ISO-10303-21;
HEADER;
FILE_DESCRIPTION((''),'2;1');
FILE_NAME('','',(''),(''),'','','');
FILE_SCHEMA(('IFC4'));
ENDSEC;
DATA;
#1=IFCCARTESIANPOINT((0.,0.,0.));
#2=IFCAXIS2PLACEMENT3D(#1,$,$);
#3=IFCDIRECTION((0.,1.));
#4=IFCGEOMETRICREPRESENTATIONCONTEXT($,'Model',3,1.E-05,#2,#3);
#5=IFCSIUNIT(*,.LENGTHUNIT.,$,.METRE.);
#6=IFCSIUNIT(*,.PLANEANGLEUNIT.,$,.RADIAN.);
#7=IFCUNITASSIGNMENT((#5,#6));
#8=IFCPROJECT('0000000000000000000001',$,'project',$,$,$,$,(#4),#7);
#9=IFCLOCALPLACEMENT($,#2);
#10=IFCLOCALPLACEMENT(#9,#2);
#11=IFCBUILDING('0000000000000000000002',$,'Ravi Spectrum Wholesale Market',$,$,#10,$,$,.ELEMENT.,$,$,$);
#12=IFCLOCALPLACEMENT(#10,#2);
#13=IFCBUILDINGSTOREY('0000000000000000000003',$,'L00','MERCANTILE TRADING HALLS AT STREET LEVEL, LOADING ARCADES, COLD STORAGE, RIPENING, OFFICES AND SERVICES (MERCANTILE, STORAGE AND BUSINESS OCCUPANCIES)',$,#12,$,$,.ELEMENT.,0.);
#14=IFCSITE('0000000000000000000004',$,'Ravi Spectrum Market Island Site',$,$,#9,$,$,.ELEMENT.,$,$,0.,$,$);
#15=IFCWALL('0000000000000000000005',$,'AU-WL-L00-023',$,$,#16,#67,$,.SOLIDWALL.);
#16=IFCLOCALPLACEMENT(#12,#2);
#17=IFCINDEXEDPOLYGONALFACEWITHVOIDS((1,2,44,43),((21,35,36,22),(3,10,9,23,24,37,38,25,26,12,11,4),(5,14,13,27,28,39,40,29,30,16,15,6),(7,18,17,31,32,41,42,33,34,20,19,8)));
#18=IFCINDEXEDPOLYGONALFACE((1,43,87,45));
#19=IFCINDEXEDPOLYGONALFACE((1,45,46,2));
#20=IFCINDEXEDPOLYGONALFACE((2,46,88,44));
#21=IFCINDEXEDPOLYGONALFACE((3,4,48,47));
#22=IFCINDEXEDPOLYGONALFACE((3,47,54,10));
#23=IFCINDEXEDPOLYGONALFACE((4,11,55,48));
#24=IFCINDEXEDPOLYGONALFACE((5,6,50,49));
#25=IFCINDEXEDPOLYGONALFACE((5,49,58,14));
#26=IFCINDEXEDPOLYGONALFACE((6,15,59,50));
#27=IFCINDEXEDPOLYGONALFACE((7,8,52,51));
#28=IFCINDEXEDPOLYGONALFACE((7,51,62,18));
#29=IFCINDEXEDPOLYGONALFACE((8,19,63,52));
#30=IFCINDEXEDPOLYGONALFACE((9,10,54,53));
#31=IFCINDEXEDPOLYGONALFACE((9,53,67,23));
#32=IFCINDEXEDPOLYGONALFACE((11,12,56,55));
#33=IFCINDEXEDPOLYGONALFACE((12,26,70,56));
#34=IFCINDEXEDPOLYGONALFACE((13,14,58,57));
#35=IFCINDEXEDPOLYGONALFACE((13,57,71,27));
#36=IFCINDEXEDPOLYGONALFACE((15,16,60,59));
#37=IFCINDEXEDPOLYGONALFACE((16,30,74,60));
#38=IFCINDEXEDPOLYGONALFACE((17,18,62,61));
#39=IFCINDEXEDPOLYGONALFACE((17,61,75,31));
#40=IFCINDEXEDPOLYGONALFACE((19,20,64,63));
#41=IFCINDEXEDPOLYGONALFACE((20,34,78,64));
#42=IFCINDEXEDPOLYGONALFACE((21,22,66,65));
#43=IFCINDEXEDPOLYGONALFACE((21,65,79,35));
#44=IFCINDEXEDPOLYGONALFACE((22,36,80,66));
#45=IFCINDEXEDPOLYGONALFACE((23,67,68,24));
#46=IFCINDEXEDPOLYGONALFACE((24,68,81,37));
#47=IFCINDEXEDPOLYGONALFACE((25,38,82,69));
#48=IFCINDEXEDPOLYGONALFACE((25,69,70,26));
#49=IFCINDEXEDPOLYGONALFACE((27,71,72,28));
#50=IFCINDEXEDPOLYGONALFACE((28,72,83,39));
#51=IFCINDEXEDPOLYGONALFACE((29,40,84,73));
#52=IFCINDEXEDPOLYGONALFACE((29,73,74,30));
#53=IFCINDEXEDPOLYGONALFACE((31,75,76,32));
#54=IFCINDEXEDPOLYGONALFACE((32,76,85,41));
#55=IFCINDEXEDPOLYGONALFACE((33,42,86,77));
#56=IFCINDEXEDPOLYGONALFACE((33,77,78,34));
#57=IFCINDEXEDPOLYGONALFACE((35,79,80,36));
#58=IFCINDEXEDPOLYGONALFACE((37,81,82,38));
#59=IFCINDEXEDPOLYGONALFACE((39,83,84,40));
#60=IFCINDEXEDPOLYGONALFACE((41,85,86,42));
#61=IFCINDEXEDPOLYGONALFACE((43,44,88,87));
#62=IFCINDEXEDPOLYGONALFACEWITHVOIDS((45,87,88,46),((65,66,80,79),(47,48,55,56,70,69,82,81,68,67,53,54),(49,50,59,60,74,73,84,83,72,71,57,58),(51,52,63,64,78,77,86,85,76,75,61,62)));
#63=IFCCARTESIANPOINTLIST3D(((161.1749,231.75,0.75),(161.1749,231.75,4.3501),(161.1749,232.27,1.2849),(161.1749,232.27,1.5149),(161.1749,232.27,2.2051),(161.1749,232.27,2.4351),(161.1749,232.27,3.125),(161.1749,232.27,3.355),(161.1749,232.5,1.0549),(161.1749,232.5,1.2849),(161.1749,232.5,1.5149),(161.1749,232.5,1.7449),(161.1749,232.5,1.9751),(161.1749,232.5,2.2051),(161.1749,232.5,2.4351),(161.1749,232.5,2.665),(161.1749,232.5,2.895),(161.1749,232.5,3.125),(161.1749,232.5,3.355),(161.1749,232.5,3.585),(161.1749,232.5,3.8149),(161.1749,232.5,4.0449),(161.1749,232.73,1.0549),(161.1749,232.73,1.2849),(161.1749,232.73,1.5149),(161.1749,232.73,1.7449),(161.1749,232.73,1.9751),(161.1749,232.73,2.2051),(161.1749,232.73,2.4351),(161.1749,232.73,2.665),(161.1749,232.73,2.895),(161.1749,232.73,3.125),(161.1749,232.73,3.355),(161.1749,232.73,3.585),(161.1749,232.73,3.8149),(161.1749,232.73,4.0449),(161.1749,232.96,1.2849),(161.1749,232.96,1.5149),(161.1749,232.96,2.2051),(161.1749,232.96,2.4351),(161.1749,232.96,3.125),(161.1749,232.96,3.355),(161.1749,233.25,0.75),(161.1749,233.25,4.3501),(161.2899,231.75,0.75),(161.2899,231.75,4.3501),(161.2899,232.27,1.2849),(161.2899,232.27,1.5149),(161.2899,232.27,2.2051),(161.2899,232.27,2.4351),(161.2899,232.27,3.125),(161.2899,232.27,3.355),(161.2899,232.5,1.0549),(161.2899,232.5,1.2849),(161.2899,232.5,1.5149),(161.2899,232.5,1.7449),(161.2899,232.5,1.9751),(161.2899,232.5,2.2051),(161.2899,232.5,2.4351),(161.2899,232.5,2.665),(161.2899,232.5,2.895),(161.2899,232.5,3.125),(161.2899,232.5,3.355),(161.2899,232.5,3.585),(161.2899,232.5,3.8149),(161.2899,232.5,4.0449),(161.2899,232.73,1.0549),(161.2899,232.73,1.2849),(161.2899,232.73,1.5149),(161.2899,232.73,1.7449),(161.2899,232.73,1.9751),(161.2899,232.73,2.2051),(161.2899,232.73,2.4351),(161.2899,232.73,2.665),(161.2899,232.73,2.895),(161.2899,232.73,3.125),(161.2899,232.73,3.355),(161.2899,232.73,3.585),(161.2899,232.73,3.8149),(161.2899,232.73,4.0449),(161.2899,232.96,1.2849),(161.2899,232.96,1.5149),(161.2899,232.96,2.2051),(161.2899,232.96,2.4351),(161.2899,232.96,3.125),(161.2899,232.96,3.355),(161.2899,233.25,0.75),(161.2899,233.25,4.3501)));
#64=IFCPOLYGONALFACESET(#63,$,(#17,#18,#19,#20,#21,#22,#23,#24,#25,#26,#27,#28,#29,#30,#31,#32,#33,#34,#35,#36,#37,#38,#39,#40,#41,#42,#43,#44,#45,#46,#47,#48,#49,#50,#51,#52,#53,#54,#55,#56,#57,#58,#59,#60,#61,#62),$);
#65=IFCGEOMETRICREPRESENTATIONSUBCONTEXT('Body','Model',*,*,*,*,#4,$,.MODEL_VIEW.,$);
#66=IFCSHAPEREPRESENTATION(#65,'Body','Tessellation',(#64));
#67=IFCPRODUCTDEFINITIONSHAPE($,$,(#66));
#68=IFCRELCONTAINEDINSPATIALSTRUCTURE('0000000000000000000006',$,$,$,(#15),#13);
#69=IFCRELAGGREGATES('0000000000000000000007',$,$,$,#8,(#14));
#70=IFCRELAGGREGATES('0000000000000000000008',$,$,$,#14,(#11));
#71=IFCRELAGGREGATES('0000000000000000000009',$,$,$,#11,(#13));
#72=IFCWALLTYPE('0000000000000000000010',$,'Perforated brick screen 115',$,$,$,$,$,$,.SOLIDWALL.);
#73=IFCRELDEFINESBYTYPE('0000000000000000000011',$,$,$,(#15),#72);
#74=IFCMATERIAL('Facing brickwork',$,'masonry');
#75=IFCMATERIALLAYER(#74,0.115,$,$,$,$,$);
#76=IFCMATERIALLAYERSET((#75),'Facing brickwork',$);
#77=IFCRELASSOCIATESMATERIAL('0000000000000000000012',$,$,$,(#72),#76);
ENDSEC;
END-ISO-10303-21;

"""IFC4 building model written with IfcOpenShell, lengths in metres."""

from ifc_helpers import new_model, si_unit, direction, frame, frame_2d, origin, place, context, subcontext, project, spatial, rectangle, extrude, material, layer, layer_set, type_object, element, save


model = new_model("IFC4")

# Units and contexts
model_context = context("Model", 3, precision=1e-05, world=origin(), true_north=direction((0.0, 1.0)))
body_context = subcontext(model_context, "Body", "Model", "MODEL_VIEW")
ifc_project = project(units=[si_unit("LENGTHUNIT", "METRE"), si_unit("PLANEANGLEUNIT", "RADIAN")], contexts=[model_context])

# Site, building, storey
site_placement = place(None, origin())
site = spatial("IfcSite", under=ifc_project, at=site_placement, Name="Ravi Spectrum Market Island Site", CompositionType="ELEMENT", RefElevation=0.0)
building_placement = place(site_placement, origin())
building = spatial("IfcBuilding", under=site, at=building_placement, Name="Ravi Spectrum Wholesale Market", CompositionType="ELEMENT")
storey_placement = place(building_placement, origin())
storey = spatial("IfcBuildingStorey", under=building, at=storey_placement, Name="L00", Description="MERCANTILE TRADING HALLS AT STREET LEVEL, LOADING ARCADES, COLD STORAGE, RIPENING, OFFICES AND SERVICES (MERCANTILE, STORAGE AND BUSINESS OCCUPANCIES)", CompositionType="ELEMENT", Elevation=0.0)

# Wall, openings
ifc_material_1 = material(Name="Facing brickwork", Category="masonry")
ifc_layer = layer(ifc_material_1, 0.115)
ifc_layer_set = layer_set([ifc_layer], Name="Facing brickwork")
wall_type = type_object("IfcWallType", Name="Perforated brick screen 115", PredefinedType="SOLIDWALL", material=ifc_layer_set)
wall_1_placement = place(storey_placement, frame((161.2324, 233.25, 0.75), z_axis=(0.0, 0.0, 1.0), x_axis=(0.0, -1.0, 0.0)))
wall_1 = element("IfcWall", 1, at=wall_1_placement, inside=storey, type_object=wall_type, Name="AU-WL-L00-023", PredefinedType="SOLIDWALL", context=body_context, shape_type="SweptSolid", body=[
    extrude(rectangle(XDim=1.5, YDim=0.115, at=frame_2d((0.75, 0.0))), origin(), (0.0, 0.0, 1.0), 3.6001),
])
opening_1_placement = place(wall_1_placement, frame((0.52, 0.0, 0.3049)))
element("IfcOpeningElement", 2, at=opening_1_placement, cuts=wall_1, PredefinedType="OPENING", context=body_context, shape_type="SweptSolid", body=[
    extrude(rectangle(XDim=0.23, YDim=0.23, at=frame_2d((0.115, 0.115))), frame((0.0, 0.0674, 0.0), z_axis=(0.0, -1.0, 0.0), x_axis=(1.0, 0.0, 0.0)), (0.0, 0.0, 1.0), 0.135),
])
opening_2_placement = place(wall_1_placement, frame((0.29, 0.0, 0.5349)))
element("IfcOpeningElement", 3, at=opening_2_placement, cuts=wall_1, PredefinedType="OPENING", context=body_context, shape_type="SweptSolid", body=[
    extrude(rectangle(XDim=0.23, YDim=0.23, at=frame_2d((0.115, 0.115))), frame((0.0, 0.0674, 0.0), z_axis=(0.0, -1.0, 0.0), x_axis=(1.0, 0.0, 0.0)), (0.0, 0.0, 1.0), 0.135),
])
opening_3_placement = place(wall_1_placement, frame((0.52, 0.0, 0.5349)))
element("IfcOpeningElement", 4, at=opening_3_placement, cuts=wall_1, PredefinedType="OPENING", context=body_context, shape_type="SweptSolid", body=[
    extrude(rectangle(XDim=0.23, YDim=0.23, at=frame_2d((0.115, 0.115))), frame((0.0, 0.0674, 0.0), z_axis=(0.0, -1.0, 0.0), x_axis=(1.0, 0.0, 0.0)), (0.0, 0.0, 1.0), 0.135),
])
opening_4_placement = place(wall_1_placement, frame((0.75, 0.0, 0.5349)))
element("IfcOpeningElement", 5, at=opening_4_placement, cuts=wall_1, PredefinedType="OPENING", context=body_context, shape_type="SweptSolid", body=[
    extrude(rectangle(XDim=0.23, YDim=0.23, at=frame_2d((0.115, 0.115))), frame((0.0, 0.0674, 0.0), z_axis=(0.0, -1.0, 0.0), x_axis=(1.0, 0.0, 0.0)), (0.0, 0.0, 1.0), 0.135),
])
opening_5_placement = place(wall_1_placement, frame((0.52, 0.0, 0.7649)))
element("IfcOpeningElement", 6, at=opening_5_placement, cuts=wall_1, PredefinedType="OPENING", context=body_context, shape_type="SweptSolid", body=[
    extrude(rectangle(XDim=0.23, YDim=0.23, at=frame_2d((0.115, 0.115))), frame((0.0, 0.0674, 0.0), z_axis=(0.0, -1.0, 0.0), x_axis=(1.0, 0.0, 0.0)), (0.0, 0.0, 1.0), 0.135),
])
opening_6_placement = place(wall_1_placement, frame((0.52, 0.0, 1.2251)))
element("IfcOpeningElement", 7, at=opening_6_placement, cuts=wall_1, PredefinedType="OPENING", context=body_context, shape_type="SweptSolid", body=[
    extrude(rectangle(XDim=0.23, YDim=0.23, at=frame_2d((0.115, 0.115))), frame((0.0, 0.0674, 0.0), z_axis=(0.0, -1.0, 0.0), x_axis=(1.0, 0.0, 0.0)), (0.0, 0.0, 1.0), 0.135),
])
opening_7_placement = place(wall_1_placement, frame((0.29, 0.0, 1.4551)))
element("IfcOpeningElement", 8, at=opening_7_placement, cuts=wall_1, PredefinedType="OPENING", context=body_context, shape_type="SweptSolid", body=[
    extrude(rectangle(XDim=0.23, YDim=0.23, at=frame_2d((0.115, 0.115))), frame((0.0, 0.0674, 0.0), z_axis=(0.0, -1.0, 0.0), x_axis=(1.0, 0.0, 0.0)), (0.0, 0.0, 1.0), 0.135),
])
opening_8_placement = place(wall_1_placement, frame((0.52, 0.0, 1.4551)))
element("IfcOpeningElement", 9, at=opening_8_placement, cuts=wall_1, PredefinedType="OPENING", context=body_context, shape_type="SweptSolid", body=[
    extrude(rectangle(XDim=0.23, YDim=0.23, at=frame_2d((0.115, 0.115))), frame((0.0, 0.0674, 0.0), z_axis=(0.0, -1.0, 0.0), x_axis=(1.0, 0.0, 0.0)), (0.0, 0.0, 1.0), 0.135),
])
opening_9_placement = place(wall_1_placement, frame((0.75, 0.0, 1.4551)))
element("IfcOpeningElement", 10, at=opening_9_placement, cuts=wall_1, PredefinedType="OPENING", context=body_context, shape_type="SweptSolid", body=[
    extrude(rectangle(XDim=0.23, YDim=0.23, at=frame_2d((0.115, 0.115))), frame((0.0, 0.0674, 0.0), z_axis=(0.0, -1.0, 0.0), x_axis=(1.0, 0.0, 0.0)), (0.0, 0.0, 1.0), 0.135),
])
opening_10_placement = place(wall_1_placement, frame((0.52, 0.0, 1.6851)))
element("IfcOpeningElement", 11, at=opening_10_placement, cuts=wall_1, PredefinedType="OPENING", context=body_context, shape_type="SweptSolid", body=[
    extrude(rectangle(XDim=0.23, YDim=0.23, at=frame_2d((0.115, 0.115))), frame((0.0, 0.0674, 0.0), z_axis=(0.0, -1.0, 0.0), x_axis=(1.0, 0.0, 0.0)), (0.0, 0.0, 1.0), 0.135),
])
opening_11_placement = place(wall_1_placement, frame((0.52, 0.0, 2.145)))
element("IfcOpeningElement", 12, at=opening_11_placement, cuts=wall_1, PredefinedType="OPENING", context=body_context, shape_type="SweptSolid", body=[
    extrude(rectangle(XDim=0.23, YDim=0.23, at=frame_2d((0.115, 0.115))), frame((0.0, 0.0674, 0.0), z_axis=(0.0, -1.0, 0.0), x_axis=(1.0, 0.0, 0.0)), (0.0, 0.0, 1.0), 0.135),
])
opening_12_placement = place(wall_1_placement, frame((0.29, 0.0, 2.375)))
element("IfcOpeningElement", 13, at=opening_12_placement, cuts=wall_1, PredefinedType="OPENING", context=body_context, shape_type="SweptSolid", body=[
    extrude(rectangle(XDim=0.23, YDim=0.23, at=frame_2d((0.115, 0.115))), frame((0.0, 0.0674, 0.0), z_axis=(0.0, -1.0, 0.0), x_axis=(1.0, 0.0, 0.0)), (0.0, 0.0, 1.0), 0.135),
])
opening_13_placement = place(wall_1_placement, frame((0.52, 0.0, 2.375)))
element("IfcOpeningElement", 14, at=opening_13_placement, cuts=wall_1, PredefinedType="OPENING", context=body_context, shape_type="SweptSolid", body=[
    extrude(rectangle(XDim=0.23, YDim=0.23, at=frame_2d((0.115, 0.115))), frame((0.0, 0.0674, 0.0), z_axis=(0.0, -1.0, 0.0), x_axis=(1.0, 0.0, 0.0)), (0.0, 0.0, 1.0), 0.135),
])
opening_14_placement = place(wall_1_placement, frame((0.75, 0.0, 2.375)))
element("IfcOpeningElement", 15, at=opening_14_placement, cuts=wall_1, PredefinedType="OPENING", context=body_context, shape_type="SweptSolid", body=[
    extrude(rectangle(XDim=0.23, YDim=0.23, at=frame_2d((0.115, 0.115))), frame((0.0, 0.0674, 0.0), z_axis=(0.0, -1.0, 0.0), x_axis=(1.0, 0.0, 0.0)), (0.0, 0.0, 1.0), 0.135),
])
opening_15_placement = place(wall_1_placement, frame((0.52, 0.0, 2.605)))
element("IfcOpeningElement", 16, at=opening_15_placement, cuts=wall_1, PredefinedType="OPENING", context=body_context, shape_type="SweptSolid", body=[
    extrude(rectangle(XDim=0.23, YDim=0.23, at=frame_2d((0.115, 0.115))), frame((0.0, 0.0674, 0.0), z_axis=(0.0, -1.0, 0.0), x_axis=(1.0, 0.0, 0.0)), (0.0, 0.0, 1.0), 0.135),
])
opening_16_placement = place(wall_1_placement, frame((0.52, 0.0, 3.0649)))
element("IfcOpeningElement", 17, at=opening_16_placement, cuts=wall_1, PredefinedType="OPENING", context=body_context, shape_type="SweptSolid", body=[
    extrude(rectangle(XDim=0.23, YDim=0.23, at=frame_2d((0.115, 0.115))), frame((0.0, 0.0674, 0.0), z_axis=(0.0, -1.0, 0.0), x_axis=(1.0, 0.0, 0.0)), (0.0, 0.0, 1.0), 0.135),
])

save(model, "model.ifc")
